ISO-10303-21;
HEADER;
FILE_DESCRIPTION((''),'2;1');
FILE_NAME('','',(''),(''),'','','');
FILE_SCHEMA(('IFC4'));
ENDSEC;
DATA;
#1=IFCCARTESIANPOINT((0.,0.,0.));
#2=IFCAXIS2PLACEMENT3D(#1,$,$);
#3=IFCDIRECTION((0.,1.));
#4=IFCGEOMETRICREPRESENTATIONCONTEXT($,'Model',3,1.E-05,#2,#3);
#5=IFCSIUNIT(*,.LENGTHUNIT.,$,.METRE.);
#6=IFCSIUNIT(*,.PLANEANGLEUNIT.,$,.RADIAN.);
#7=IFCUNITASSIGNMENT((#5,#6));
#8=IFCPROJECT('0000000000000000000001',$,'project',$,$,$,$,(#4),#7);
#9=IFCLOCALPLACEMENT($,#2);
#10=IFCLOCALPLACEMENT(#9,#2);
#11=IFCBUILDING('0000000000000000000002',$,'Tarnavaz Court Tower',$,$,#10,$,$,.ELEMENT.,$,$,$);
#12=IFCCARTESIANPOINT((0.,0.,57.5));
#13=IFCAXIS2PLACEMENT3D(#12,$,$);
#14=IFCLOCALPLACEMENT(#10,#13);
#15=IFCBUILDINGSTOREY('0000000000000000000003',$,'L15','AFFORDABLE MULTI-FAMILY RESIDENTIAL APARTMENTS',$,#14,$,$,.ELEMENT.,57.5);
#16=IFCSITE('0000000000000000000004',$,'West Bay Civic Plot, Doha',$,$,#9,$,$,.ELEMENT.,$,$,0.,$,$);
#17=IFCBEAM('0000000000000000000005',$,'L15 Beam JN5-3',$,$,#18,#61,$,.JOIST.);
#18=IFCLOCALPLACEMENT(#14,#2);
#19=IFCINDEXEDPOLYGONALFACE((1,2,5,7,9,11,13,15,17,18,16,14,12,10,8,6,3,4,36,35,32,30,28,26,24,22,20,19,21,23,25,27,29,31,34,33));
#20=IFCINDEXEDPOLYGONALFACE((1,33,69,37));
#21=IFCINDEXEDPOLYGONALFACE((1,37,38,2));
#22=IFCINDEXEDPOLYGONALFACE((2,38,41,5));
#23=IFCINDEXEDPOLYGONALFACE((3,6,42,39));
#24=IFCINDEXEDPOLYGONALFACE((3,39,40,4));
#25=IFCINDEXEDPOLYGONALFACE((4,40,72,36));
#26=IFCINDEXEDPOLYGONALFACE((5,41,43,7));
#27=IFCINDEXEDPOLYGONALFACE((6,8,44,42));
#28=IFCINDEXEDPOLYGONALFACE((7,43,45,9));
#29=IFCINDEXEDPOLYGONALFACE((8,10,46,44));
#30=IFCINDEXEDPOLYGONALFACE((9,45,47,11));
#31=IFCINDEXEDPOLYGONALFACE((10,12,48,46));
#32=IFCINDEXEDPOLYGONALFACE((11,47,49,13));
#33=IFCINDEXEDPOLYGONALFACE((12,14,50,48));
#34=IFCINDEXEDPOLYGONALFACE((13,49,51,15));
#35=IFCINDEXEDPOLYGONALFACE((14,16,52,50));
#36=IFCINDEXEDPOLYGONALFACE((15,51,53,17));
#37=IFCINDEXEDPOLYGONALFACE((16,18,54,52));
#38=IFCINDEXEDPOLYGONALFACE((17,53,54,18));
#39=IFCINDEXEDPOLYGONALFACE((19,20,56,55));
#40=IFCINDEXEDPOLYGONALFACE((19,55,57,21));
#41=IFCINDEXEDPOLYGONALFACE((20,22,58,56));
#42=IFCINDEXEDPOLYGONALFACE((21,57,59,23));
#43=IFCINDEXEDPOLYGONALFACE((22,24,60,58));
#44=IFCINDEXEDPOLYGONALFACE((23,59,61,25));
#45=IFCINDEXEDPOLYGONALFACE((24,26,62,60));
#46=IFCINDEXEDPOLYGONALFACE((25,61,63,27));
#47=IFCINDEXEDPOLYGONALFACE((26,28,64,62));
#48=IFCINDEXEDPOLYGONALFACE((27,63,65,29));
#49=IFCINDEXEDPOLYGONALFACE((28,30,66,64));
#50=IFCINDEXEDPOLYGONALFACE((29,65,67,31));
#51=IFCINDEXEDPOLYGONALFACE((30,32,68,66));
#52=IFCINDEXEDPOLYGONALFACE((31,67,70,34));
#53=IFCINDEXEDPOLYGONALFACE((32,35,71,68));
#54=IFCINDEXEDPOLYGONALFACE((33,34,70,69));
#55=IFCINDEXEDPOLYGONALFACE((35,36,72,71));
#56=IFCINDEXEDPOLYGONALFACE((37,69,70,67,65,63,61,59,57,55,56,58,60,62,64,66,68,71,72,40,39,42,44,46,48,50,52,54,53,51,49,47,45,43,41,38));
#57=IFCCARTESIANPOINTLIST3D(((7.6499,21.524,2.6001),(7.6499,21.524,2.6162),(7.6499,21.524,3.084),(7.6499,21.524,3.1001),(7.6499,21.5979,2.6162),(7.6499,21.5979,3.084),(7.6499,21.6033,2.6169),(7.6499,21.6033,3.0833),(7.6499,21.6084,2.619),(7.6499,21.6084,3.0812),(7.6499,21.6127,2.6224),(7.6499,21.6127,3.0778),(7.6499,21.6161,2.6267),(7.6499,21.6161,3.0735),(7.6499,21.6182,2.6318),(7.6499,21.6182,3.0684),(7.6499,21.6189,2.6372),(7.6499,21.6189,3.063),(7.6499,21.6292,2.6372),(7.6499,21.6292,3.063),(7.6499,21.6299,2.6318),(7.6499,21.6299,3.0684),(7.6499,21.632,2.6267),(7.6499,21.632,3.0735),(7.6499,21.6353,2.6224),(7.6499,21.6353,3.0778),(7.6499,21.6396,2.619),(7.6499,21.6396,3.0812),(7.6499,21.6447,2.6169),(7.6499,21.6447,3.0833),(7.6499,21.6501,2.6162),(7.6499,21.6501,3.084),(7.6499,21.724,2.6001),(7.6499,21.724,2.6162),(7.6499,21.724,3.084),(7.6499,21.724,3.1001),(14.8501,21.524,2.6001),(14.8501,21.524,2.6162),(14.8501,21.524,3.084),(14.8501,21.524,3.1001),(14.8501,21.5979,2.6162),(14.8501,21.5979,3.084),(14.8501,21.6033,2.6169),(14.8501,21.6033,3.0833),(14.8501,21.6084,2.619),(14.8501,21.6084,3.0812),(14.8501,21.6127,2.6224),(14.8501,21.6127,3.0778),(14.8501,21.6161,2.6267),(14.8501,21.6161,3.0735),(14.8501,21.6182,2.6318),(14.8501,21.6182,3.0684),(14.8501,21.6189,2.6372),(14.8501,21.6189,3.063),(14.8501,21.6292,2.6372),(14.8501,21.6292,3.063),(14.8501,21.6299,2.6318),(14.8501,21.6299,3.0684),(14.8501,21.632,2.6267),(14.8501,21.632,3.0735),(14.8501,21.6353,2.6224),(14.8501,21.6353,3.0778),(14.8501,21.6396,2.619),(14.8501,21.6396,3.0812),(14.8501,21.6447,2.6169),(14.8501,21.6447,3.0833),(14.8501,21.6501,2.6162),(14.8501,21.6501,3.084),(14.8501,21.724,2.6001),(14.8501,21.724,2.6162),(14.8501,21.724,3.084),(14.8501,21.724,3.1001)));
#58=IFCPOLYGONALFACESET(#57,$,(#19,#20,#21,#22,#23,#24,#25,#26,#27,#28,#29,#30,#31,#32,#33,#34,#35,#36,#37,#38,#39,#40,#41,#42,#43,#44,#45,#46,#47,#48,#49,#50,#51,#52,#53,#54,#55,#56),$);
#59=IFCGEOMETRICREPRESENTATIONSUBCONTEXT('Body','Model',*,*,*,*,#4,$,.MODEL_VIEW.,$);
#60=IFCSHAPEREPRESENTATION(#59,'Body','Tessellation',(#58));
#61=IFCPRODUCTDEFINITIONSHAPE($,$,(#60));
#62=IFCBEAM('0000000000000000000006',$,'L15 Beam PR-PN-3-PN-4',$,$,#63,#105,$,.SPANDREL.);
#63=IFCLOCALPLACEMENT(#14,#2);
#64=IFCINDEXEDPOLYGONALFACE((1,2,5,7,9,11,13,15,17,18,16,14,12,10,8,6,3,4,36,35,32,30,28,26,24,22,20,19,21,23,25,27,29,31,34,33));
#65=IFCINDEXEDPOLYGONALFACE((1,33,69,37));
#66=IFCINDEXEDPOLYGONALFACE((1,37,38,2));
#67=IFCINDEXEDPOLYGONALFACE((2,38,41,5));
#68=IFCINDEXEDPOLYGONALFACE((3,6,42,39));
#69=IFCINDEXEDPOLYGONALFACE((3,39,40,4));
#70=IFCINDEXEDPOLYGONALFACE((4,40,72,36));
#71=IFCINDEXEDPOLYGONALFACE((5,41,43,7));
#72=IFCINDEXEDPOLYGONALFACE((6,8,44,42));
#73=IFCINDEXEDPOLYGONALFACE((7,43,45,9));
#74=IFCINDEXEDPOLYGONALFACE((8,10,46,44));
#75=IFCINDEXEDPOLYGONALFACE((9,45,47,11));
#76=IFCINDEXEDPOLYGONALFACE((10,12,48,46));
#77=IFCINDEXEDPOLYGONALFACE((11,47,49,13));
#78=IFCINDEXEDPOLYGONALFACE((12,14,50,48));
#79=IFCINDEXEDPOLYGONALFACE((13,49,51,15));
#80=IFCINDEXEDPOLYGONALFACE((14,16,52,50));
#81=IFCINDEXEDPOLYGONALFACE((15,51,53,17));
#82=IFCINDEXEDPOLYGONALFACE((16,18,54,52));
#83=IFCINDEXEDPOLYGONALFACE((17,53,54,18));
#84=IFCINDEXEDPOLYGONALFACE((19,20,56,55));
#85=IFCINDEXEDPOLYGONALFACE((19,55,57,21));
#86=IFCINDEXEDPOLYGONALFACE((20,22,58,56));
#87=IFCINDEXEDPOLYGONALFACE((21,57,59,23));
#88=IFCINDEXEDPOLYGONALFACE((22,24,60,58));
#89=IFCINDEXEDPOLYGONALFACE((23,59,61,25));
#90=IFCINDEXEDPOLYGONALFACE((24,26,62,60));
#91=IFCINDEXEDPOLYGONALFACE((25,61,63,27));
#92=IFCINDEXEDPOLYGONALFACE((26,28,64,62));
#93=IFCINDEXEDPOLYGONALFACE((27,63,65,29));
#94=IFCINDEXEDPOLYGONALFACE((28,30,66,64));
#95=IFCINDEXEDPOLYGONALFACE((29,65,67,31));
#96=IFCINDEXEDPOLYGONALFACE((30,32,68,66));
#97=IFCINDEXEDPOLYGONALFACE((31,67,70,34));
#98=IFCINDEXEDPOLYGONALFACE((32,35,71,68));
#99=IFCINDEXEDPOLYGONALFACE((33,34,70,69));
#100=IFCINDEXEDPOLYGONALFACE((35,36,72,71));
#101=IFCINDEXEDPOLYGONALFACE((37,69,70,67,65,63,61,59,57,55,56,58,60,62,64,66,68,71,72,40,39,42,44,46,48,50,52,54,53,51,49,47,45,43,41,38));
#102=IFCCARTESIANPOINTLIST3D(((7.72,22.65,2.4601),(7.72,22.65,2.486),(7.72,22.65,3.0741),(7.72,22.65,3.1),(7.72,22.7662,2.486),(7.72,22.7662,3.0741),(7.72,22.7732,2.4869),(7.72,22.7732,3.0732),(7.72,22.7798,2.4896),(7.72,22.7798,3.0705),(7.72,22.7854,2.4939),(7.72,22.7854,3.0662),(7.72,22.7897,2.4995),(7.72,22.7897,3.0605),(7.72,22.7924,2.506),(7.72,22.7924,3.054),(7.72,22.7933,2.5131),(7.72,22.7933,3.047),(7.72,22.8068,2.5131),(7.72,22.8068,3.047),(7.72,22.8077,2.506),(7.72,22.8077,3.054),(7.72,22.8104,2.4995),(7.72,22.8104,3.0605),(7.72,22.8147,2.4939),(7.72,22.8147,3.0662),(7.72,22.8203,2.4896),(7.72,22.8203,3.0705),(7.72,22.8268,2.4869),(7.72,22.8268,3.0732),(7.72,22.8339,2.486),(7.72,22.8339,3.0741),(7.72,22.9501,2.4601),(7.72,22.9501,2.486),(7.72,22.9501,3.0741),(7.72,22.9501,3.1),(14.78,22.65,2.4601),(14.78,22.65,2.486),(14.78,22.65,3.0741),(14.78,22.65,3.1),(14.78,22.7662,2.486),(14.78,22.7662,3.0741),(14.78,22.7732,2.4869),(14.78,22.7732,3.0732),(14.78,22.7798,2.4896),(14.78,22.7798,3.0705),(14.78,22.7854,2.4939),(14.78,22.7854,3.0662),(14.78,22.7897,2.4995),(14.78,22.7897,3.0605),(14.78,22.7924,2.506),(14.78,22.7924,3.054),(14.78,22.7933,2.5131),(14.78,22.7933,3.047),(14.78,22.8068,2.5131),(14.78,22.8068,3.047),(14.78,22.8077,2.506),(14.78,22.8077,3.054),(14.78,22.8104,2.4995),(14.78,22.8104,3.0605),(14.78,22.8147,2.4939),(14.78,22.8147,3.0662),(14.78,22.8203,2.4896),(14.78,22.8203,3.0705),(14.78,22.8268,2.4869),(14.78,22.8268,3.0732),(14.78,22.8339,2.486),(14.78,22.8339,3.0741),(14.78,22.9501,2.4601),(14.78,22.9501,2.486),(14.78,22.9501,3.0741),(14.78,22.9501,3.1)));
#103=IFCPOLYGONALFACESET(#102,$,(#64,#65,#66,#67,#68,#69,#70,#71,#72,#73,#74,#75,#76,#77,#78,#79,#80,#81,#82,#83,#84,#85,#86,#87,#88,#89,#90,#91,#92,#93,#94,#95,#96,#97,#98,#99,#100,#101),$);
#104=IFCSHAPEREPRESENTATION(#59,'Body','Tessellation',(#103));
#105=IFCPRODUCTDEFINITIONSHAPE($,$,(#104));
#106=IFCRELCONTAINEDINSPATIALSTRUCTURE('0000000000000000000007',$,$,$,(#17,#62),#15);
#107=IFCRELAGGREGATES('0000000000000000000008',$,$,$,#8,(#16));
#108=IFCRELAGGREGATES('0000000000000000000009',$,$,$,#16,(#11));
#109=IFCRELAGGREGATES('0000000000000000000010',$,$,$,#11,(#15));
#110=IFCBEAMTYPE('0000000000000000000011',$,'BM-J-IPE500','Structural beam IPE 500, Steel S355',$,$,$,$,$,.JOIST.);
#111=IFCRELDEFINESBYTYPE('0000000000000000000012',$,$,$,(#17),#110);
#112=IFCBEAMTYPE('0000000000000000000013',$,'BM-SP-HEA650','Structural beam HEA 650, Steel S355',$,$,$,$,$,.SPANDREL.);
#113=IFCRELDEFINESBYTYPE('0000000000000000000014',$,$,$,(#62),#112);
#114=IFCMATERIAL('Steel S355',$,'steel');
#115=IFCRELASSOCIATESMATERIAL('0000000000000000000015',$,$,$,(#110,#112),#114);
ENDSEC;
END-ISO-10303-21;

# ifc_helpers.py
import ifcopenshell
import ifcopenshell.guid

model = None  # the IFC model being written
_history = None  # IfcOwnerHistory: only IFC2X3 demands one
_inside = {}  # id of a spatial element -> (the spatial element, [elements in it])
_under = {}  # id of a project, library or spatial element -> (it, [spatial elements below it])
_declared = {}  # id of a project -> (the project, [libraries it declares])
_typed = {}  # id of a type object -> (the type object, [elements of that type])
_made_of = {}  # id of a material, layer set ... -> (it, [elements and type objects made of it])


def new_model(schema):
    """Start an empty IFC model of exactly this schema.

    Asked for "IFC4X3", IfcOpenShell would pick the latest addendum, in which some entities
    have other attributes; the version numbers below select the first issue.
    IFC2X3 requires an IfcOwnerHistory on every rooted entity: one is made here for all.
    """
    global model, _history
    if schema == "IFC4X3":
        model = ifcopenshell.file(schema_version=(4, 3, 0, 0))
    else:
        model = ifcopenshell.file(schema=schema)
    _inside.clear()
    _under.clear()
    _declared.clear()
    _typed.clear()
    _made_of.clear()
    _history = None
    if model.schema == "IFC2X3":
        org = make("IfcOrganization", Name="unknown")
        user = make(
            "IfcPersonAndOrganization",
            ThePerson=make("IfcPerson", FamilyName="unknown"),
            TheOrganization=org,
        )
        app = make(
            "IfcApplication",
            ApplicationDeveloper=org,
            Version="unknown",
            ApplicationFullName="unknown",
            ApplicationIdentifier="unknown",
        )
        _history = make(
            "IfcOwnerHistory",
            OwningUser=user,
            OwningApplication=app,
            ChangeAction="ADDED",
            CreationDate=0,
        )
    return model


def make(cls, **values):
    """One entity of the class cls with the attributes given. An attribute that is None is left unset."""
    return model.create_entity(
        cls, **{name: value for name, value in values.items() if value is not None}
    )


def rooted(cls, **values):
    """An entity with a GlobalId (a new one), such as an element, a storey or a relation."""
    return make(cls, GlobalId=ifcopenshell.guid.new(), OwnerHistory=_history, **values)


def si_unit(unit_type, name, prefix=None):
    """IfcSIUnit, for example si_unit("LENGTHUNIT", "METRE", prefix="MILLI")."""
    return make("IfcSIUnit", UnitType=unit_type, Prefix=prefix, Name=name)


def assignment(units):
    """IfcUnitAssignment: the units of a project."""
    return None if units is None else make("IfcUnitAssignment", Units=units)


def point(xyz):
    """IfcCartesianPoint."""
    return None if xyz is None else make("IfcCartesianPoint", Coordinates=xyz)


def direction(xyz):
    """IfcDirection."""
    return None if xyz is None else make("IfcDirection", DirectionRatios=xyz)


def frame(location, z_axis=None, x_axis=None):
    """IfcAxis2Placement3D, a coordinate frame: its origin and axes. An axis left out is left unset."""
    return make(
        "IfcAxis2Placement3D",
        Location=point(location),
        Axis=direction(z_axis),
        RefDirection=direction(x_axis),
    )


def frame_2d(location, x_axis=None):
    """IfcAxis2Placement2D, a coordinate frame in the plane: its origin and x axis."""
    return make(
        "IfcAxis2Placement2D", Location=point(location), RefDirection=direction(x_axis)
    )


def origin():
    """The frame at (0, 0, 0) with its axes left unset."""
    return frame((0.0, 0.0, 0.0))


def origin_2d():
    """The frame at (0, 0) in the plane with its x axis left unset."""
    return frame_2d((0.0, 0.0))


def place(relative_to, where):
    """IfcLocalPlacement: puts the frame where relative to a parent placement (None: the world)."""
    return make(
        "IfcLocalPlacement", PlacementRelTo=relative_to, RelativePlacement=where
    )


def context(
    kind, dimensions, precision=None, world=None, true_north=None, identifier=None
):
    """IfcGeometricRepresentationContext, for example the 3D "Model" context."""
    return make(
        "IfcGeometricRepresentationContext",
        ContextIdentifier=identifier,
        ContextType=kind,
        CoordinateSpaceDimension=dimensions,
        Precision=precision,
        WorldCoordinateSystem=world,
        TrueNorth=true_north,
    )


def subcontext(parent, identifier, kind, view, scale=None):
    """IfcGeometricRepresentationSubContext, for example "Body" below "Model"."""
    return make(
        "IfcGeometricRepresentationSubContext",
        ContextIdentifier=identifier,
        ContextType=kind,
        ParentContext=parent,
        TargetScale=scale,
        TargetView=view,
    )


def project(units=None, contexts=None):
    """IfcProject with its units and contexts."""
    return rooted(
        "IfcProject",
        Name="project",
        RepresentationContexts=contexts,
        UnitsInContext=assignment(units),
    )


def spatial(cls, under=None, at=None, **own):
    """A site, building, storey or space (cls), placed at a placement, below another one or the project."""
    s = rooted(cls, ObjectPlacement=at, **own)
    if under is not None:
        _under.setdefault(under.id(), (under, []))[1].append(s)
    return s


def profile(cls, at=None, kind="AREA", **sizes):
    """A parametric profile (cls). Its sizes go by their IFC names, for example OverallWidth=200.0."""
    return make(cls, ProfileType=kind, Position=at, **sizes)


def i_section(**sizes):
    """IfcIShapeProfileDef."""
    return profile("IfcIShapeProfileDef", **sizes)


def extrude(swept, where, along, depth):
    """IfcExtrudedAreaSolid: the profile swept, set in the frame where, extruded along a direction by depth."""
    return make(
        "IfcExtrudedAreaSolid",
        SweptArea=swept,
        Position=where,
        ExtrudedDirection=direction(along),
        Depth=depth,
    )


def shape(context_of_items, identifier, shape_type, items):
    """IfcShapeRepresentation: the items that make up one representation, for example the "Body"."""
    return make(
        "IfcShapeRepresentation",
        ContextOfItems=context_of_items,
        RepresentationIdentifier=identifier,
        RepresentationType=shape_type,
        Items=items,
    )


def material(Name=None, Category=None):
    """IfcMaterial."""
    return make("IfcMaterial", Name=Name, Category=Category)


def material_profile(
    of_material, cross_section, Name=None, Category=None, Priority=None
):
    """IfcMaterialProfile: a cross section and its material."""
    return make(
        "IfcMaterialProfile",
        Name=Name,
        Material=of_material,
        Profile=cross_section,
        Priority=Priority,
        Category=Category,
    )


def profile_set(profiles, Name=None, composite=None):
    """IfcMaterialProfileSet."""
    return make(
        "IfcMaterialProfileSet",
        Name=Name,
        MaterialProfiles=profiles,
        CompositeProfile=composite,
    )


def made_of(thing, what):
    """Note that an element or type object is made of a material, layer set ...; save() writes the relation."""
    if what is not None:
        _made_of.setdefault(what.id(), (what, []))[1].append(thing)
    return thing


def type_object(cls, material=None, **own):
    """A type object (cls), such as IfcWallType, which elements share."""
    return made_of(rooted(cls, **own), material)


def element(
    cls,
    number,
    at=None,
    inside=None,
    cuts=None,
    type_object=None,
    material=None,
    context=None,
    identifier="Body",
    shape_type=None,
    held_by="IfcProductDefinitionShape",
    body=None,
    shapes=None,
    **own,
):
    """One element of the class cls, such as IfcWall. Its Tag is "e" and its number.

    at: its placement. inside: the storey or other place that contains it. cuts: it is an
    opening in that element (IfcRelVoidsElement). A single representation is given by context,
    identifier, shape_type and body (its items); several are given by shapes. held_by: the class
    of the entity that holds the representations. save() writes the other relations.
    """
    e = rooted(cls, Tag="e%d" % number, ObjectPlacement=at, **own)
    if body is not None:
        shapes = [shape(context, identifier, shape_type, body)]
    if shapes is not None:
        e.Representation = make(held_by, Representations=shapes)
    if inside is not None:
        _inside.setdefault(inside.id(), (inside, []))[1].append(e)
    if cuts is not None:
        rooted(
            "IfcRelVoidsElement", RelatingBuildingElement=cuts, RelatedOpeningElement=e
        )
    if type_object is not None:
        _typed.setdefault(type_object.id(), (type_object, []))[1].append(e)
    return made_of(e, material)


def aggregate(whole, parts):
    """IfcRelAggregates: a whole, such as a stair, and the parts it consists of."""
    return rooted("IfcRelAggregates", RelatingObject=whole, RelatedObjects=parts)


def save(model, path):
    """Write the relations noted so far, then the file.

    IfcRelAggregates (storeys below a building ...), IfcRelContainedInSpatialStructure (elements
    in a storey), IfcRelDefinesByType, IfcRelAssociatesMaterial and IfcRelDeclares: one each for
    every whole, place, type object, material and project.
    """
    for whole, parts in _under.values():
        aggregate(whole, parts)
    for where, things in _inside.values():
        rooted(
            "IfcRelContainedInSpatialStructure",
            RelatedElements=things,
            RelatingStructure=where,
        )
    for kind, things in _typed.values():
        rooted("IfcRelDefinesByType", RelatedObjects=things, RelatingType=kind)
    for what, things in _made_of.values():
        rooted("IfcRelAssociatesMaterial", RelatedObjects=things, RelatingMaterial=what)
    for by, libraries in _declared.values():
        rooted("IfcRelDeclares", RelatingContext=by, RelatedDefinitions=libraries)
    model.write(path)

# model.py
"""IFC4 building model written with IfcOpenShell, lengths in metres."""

from ifc_helpers import new_model, si_unit, direction, frame, origin, origin_2d, place, context, subcontext, project, spatial, i_section, extrude, material, material_profile, profile_set, type_object, element, save


model = new_model("IFC4")

# Units and contexts
model_context = context("Model", 3, precision=1e-05, world=origin(), true_north=direction((0.0, 1.0)))
body_context = subcontext(model_context, "Body", "Model", "MODEL_VIEW")
ifc_project = project(units=[si_unit("LENGTHUNIT", "METRE"), si_unit("PLANEANGLEUNIT", "RADIAN")], contexts=[model_context])

# Site, building, storey
site_placement = place(None, origin())
site = spatial("IfcSite", under=ifc_project, at=site_placement, Name="West Bay Civic Plot, Doha", CompositionType="ELEMENT", RefElevation=0.0)
building_placement = place(site_placement, origin())
building = spatial("IfcBuilding", under=site, at=building_placement, Name="Tarnavaz Court Tower", CompositionType="ELEMENT")
storey_placement = place(building_placement, frame((0.0, 0.0, 57.5)))
storey = spatial("IfcBuildingStorey", under=building, at=storey_placement, Name="L15", Description="AFFORDABLE MULTI-FAMILY RESIDENTIAL APARTMENTS", CompositionType="ELEMENT", Elevation=57.5)

# Beams
ifc_material_1 = material(Name="Steel S355", Category="steel")
ifc_material_profile_1 = material_profile(ifc_material_1, i_section(OverallWidth=0.2, OverallDepth=0.5, WebThickness=0.0103, FlangeThickness=0.0161, FilletRadius=0.021, at=origin_2d()), Name="IPE 500")
ifc_profile_set_1 = profile_set([ifc_material_profile_1], Name="Steel S355")
beam_type_1 = type_object("IfcBeamType", Name="BM-J-IPE500", Description="Structural beam IPE 500, Steel S355", PredefinedType="JOIST", material=ifc_profile_set_1)
for number, where, z_axis, x_axis, name in (
    (1, (7.6499, 21.624, 2.8501), (1.0, 0.0, 0.0), (0.0, 1.0, 0.0), "L15 Beam JN5-3"),
):
    element("IfcBeam", number, at=place(storey_placement, frame(where, z_axis=z_axis, x_axis=x_axis)), inside=storey, type_object=beam_type_1, Name=name, PredefinedType="JOIST", context=body_context, shape_type="SweptSolid", body=[
        extrude(i_section(OverallWidth=0.2, OverallDepth=0.5, WebThickness=0.0103, FlangeThickness=0.0161, FilletRadius=0.021, at=origin_2d()), origin(), (0.0, 0.0, 1.0), 7.2002),
    ])
ifc_material_profile_2 = material_profile(ifc_material_1, i_section(OverallWidth=0.3, OverallDepth=0.6399, WebThickness=0.0134, FlangeThickness=0.0259, FilletRadius=0.0271, at=origin_2d()), Name="HEA 650")
ifc_profile_set_2 = profile_set([ifc_material_profile_2], Name="Steel S355")
beam_type_2 = type_object("IfcBeamType", Name="BM-SP-HEA650", Description="Structural beam HEA 650, Steel S355", PredefinedType="SPANDREL", material=ifc_profile_set_2)
beam_placement = place(storey_placement, frame((7.72, 22.8, 2.78), z_axis=(1.0, 0.0, 0.0), x_axis=(0.0, 1.0, 0.0)))
element("IfcBeam", 2, at=beam_placement, inside=storey, type_object=beam_type_2, Name="L15 Beam PR-PN-3-PN-4", PredefinedType="SPANDREL", context=body_context, shape_type="SweptSolid", body=[
    extrude(i_section(OverallWidth=0.3, OverallDepth=0.6399, WebThickness=0.0134, FlangeThickness=0.0259, FilletRadius=0.0271, at=origin_2d()), origin(), (0.0, 0.0, 1.0), 7.0601),
])

save(model, "model.ifc")
